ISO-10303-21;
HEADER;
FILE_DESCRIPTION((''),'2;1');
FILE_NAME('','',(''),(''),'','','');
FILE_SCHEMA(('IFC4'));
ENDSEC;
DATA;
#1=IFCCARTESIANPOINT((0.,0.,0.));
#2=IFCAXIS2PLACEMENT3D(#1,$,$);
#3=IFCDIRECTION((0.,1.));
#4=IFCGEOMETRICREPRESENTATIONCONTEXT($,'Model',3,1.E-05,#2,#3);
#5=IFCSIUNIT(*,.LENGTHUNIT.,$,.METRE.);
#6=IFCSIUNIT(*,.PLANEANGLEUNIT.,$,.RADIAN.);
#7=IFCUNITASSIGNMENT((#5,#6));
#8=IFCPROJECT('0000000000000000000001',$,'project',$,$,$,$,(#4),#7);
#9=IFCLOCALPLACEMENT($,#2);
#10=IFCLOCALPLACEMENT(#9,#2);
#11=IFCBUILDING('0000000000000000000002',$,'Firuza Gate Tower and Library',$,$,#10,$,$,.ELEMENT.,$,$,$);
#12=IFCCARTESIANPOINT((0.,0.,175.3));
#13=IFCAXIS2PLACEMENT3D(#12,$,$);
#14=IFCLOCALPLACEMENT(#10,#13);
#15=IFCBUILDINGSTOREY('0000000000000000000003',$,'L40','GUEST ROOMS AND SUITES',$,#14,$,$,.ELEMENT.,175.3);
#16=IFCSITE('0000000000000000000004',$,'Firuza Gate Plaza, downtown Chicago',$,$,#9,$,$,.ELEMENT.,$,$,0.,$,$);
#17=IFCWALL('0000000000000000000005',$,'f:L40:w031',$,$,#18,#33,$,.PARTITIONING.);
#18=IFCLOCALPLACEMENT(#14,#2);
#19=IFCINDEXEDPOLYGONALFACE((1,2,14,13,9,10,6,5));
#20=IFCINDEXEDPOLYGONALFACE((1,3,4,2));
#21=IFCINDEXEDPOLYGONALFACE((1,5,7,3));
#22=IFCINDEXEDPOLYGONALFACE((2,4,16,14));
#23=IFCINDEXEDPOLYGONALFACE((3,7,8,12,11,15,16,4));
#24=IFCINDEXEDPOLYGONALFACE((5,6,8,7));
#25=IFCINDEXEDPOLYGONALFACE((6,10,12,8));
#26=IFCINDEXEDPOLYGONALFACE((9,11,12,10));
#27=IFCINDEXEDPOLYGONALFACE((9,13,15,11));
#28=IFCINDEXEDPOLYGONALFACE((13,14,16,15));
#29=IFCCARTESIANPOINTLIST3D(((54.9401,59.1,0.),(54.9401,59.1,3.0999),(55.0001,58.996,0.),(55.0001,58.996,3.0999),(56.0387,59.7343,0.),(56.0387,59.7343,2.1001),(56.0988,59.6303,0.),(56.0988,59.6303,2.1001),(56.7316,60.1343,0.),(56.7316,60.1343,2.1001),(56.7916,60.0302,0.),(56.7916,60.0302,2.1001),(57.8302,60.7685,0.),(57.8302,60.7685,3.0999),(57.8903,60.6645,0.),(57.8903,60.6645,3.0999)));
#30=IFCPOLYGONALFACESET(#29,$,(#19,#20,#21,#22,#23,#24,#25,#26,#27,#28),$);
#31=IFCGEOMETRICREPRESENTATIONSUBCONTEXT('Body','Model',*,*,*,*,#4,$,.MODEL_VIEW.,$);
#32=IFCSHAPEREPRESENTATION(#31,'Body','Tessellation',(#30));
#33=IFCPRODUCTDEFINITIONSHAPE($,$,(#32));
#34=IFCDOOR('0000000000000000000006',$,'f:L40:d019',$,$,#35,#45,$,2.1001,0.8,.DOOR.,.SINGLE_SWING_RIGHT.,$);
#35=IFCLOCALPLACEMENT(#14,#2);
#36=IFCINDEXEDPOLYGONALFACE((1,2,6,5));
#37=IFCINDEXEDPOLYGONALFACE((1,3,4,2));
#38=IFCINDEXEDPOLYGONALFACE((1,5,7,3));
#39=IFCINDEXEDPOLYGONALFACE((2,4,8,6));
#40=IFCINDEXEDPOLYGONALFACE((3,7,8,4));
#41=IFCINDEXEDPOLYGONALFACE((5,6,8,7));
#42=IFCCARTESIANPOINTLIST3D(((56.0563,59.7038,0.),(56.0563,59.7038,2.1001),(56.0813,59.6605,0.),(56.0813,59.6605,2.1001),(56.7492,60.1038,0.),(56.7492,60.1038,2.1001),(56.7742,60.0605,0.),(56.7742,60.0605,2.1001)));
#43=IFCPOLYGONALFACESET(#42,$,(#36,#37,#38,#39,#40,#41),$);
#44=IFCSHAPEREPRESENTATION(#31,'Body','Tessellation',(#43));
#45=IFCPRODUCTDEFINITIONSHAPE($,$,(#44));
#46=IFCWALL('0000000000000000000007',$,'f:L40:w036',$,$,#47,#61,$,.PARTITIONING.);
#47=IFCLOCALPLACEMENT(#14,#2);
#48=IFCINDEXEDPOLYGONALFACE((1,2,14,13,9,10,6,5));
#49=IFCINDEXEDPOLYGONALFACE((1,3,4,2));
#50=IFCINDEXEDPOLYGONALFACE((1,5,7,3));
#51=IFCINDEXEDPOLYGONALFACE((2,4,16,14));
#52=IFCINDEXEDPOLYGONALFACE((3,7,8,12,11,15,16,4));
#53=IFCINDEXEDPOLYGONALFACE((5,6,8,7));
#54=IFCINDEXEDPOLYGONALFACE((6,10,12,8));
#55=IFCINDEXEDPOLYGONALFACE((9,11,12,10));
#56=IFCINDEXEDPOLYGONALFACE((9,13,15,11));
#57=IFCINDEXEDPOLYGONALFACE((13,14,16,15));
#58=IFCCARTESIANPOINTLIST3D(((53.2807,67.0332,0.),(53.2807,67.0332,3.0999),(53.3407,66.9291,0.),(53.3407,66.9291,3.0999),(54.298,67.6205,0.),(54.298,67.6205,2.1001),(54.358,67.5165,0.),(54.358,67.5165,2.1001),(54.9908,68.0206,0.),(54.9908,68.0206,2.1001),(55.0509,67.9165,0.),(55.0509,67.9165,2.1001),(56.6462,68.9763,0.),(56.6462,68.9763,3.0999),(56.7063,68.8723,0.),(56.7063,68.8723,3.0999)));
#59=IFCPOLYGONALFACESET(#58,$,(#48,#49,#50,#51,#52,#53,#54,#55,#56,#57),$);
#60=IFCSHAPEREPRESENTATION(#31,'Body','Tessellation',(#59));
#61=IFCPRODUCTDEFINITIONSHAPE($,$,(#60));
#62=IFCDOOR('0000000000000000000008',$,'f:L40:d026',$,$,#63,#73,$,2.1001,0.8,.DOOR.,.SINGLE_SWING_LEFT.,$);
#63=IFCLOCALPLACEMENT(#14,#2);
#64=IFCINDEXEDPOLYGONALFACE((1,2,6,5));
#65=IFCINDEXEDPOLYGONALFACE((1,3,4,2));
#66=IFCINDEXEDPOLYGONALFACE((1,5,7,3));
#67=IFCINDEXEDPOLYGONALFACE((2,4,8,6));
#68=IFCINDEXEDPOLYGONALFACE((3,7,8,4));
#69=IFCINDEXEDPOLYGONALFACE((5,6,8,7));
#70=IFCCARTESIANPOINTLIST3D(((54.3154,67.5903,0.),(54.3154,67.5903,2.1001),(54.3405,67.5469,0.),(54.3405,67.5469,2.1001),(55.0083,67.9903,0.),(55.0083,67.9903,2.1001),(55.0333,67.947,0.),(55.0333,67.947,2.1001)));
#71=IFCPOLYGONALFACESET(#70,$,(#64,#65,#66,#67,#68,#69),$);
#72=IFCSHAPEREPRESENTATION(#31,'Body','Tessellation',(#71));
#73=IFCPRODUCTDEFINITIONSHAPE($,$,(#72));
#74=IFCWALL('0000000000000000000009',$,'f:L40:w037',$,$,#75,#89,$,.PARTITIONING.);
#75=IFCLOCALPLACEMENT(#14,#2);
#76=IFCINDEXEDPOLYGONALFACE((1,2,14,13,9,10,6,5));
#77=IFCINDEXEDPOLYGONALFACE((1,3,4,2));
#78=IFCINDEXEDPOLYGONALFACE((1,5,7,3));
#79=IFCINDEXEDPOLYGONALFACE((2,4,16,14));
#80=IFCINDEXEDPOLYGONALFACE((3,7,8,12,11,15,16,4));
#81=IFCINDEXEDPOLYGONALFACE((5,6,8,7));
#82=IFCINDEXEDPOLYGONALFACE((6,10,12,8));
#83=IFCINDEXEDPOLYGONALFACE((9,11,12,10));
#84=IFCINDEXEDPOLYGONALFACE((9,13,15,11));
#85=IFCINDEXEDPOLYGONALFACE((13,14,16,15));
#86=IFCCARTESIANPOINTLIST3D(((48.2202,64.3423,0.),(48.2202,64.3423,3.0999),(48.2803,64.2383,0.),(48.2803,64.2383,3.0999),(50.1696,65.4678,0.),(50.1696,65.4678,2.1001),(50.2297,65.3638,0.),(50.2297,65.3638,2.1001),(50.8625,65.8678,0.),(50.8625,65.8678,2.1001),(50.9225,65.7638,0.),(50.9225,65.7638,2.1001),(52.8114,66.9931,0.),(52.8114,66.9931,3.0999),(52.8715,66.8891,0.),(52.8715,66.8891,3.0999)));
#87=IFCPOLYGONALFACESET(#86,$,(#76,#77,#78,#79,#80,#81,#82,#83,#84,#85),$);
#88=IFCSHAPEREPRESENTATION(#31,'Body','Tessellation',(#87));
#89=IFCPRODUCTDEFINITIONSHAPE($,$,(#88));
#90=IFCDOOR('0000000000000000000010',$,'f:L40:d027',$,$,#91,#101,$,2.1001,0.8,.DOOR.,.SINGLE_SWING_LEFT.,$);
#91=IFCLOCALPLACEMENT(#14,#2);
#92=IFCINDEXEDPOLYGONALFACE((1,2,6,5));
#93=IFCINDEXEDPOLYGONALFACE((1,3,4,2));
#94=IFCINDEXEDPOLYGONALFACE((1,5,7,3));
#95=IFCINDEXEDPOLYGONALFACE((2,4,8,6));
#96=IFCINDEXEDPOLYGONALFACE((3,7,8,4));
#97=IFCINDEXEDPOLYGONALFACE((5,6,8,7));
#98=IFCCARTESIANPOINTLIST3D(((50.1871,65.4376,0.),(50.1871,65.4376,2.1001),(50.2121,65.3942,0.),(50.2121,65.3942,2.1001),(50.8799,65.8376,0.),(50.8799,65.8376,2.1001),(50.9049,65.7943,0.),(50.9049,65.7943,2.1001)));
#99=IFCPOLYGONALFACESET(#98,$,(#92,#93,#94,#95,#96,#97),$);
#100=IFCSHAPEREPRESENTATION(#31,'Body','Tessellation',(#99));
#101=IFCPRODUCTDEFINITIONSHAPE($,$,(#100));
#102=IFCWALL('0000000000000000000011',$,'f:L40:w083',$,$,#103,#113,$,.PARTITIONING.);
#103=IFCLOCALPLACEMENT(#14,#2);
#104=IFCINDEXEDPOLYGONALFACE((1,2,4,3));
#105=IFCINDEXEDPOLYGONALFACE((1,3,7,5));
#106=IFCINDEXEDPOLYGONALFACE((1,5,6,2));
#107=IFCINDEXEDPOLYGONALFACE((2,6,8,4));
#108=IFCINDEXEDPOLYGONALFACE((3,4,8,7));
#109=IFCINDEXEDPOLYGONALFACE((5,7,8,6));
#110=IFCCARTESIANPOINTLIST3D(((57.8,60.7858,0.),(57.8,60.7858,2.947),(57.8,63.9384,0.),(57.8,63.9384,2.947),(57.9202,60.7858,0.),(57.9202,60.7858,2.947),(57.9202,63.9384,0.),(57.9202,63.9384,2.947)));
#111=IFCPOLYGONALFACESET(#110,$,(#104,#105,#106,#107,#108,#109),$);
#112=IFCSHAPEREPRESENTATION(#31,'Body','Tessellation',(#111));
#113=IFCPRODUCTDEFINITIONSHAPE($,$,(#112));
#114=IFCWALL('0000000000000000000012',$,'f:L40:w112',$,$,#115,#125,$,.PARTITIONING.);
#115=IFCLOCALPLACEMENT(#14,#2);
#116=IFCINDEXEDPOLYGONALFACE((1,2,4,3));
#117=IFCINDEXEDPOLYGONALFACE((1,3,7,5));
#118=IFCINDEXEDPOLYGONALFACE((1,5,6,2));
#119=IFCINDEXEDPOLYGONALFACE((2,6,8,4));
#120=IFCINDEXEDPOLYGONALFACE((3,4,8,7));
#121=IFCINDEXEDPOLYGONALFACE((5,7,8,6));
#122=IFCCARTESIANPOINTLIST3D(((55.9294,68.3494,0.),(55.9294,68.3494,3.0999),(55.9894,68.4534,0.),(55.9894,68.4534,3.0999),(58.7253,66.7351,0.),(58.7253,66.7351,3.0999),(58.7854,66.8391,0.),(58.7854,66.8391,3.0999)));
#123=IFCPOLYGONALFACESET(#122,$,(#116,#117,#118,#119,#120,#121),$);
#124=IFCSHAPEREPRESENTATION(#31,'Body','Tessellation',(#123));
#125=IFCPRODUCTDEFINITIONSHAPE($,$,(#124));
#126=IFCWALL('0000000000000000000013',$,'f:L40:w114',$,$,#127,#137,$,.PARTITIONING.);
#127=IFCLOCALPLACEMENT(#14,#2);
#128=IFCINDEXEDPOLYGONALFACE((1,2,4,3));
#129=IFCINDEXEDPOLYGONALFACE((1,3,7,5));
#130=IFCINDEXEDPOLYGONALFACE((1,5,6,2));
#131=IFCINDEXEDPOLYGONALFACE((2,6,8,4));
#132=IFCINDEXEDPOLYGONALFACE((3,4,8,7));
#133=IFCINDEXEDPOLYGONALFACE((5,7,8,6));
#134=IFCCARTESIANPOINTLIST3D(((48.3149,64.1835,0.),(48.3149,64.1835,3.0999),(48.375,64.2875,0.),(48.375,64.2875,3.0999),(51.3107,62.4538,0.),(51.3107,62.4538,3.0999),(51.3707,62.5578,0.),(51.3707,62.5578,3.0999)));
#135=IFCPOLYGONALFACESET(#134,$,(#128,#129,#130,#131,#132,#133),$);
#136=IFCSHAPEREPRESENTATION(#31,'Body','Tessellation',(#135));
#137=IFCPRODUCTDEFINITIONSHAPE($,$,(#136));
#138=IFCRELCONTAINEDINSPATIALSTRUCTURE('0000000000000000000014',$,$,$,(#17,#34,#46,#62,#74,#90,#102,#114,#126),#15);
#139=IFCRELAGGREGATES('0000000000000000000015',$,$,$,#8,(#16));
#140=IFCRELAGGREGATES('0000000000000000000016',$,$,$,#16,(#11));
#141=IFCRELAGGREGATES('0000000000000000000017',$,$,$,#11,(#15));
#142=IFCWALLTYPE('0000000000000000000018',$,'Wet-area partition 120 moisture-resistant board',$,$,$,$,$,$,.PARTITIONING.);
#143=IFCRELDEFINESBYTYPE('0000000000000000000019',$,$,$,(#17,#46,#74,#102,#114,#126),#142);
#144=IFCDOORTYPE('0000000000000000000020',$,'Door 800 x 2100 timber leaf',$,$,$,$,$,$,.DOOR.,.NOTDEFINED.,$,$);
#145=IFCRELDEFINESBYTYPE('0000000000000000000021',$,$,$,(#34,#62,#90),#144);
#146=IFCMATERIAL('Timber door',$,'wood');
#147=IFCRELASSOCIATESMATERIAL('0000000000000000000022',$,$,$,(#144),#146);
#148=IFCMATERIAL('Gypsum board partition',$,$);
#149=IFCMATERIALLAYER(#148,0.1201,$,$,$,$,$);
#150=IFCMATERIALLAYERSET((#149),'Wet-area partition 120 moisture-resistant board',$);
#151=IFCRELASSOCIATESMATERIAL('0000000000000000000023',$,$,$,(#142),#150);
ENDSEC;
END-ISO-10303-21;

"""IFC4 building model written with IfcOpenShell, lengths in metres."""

from ifc_helpers import new_model, si_unit, direction, frame, frame_2d, origin, place, context, subcontext, project, spatial, rectangle, extrude, material, layer, layer_set, type_object, element, fill, save


model = new_model("IFC4")

# Units and contexts
model_context = context("Model", 3, precision=1e-05, world=origin(), true_north=direction((0.0, 1.0)))
body_context = subcontext(model_context, "Body", "Model", "MODEL_VIEW")
ifc_project = project(units=[si_unit("LENGTHUNIT", "METRE"), si_unit("PLANEANGLEUNIT", "RADIAN")], contexts=[model_context])

# Site, building, storey
site_placement = place(None, origin())
site = spatial("IfcSite", under=ifc_project, at=site_placement, Name="Firuza Gate Plaza, downtown Chicago", CompositionType="ELEMENT", RefElevation=0.0)
building_placement = place(site_placement, origin())
building = spatial("IfcBuilding", under=site, at=building_placement, Name="Firuza Gate Tower and Library", CompositionType="ELEMENT")
storey_placement = place(building_placement, frame((0.0, 0.0, 175.3)))
storey = spatial("IfcBuildingStorey", under=building, at=storey_placement, Name="L40", Description="GUEST ROOMS AND SUITES", CompositionType="ELEMENT", Elevation=175.3)

# Shared definitions
ifc_material_1 = material(Name="Timber door", Category="wood")
door_type_1 = type_object("IfcDoorType", Name="Door 800 x 2100 timber leaf", OperationType="NOTDEFINED", PredefinedType="DOOR", material=ifc_material_1)

# Walls, openings, doors
ifc_material_2 = material(Name="Gypsum board partition")
ifc_layer_1 = layer(ifc_material_2, 0.1201)
ifc_layer_set_1 = layer_set([ifc_layer_1], Name="Wet-area partition 120 moisture-resistant board")
wall_type_1 = type_object("IfcWallType", Name="Wet-area partition 120 moisture-resistant board", PredefinedType="PARTITIONING", material=ifc_layer_set_1)
wall_1_placement = place(storey_placement, frame((54.9702, 59.0481, 0.0), z_axis=(0.0, 0.0, 1.0), x_axis=(0.866047, 0.499963, 0.0)))
wall_1 = element("IfcWall", 1, at=wall_1_placement, inside=storey, type_object=wall_type_1, Name="f:L40:w031", PredefinedType="PARTITIONING", context=body_context, shape_type="SweptSolid", body=[
    extrude(rectangle(XDim=3.3372, YDim=0.1201, at=frame_2d((1.6685, 0.0))), origin(), (0.0, 0.0, 1.0), 3.0999),
])
opening_1_placement = place(wall_1_placement, frame((1.2686, 0.0, 0.0)))
opening_1 = element("IfcOpeningElement", 2, at=opening_1_placement, cuts=wall_1, PredefinedType="OPENING", context=body_context, shape_type="SweptSolid", body=[
    extrude(rectangle(XDim=0.8, YDim=2.1001, at=frame_2d((0.3999, 1.05))), frame((0.0, 0.0701, 0.0), z_axis=(0.0, -1.0, 0.0), x_axis=(1.0, 0.0, 0.0)), (0.0, 0.0, 1.0), 0.1401),
])
door_1_placement = place(opening_1_placement, origin())
door_1 = element("IfcDoor", 3, at=door_1_placement, inside=storey, type_object=door_type_1, Name="f:L40:d019", OperationType="SINGLE_SWING_RIGHT", OverallHeight=2.1001, OverallWidth=0.8, PredefinedType="DOOR", context=body_context, shape_type="SweptSolid", body=[
    extrude(rectangle(XDim=0.8, YDim=2.1001, at=frame_2d((0.3999, 1.05))), frame((0.0, 0.0249, 0.0), z_axis=(0.0, -1.0, 0.0), x_axis=(1.0, 0.0, 0.0)), (0.0, 0.0, 1.0), 0.05),
])
fill(opening_1, door_1)
wall_2_placement = place(storey_placement, frame((56.6763, 68.9243, 0.0), z_axis=(0.0, 0.0, 1.0), x_axis=(-0.866019, -0.500011, 0.0)))
wall_2 = element("IfcWall", 4, at=wall_2_placement, inside=storey, type_object=wall_type_1, Name="f:L40:w036", PredefinedType="PARTITIONING", context=body_context, shape_type="SweptSolid", body=[
    extrude(rectangle(XDim=3.8862, YDim=0.1201, at=frame_2d((1.9431, 0.0))), origin(), (0.0, 0.0, 1.0), 3.0999),
])
opening_2_placement = place(wall_2_placement, frame((1.9116, 0.0, 0.0)))
opening_2 = element("IfcOpeningElement", 5, at=opening_2_placement, cuts=wall_2, PredefinedType="OPENING", context=body_context, shape_type="SweptSolid", body=[
    extrude(rectangle(XDim=0.8, YDim=2.1001, at=frame_2d((0.3999, 1.05))), frame((0.0, 0.0701, 0.0), z_axis=(0.0, -1.0, 0.0), x_axis=(1.0, 0.0, 0.0)), (0.0, 0.0, 1.0), 0.1401),
])
door_2_placement = place(opening_2_placement, origin())
door_2 = element("IfcDoor", 6, at=door_2_placement, inside=storey, type_object=door_type_1, Name="f:L40:d026", OperationType="SINGLE_SWING_LEFT", OverallHeight=2.1001, OverallWidth=0.8, PredefinedType="DOOR", context=body_context, shape_type="SweptSolid", body=[
    extrude(rectangle(XDim=0.8, YDim=2.1001, at=frame_2d((0.3999, 1.05))), frame((0.0, 0.0249, 0.0), z_axis=(0.0, -1.0, 0.0), x_axis=(1.0, 0.0, 0.0)), (0.0, 0.0, 1.0), 0.05),
])
fill(opening_2, door_2)
wall_3_placement = place(storey_placement, frame((52.8416, 66.9412, 0.0), z_axis=(0.0, 0.0, 1.0), x_axis=(-0.866018, -0.500012, 0.0)))
wall_3 = element("IfcWall", 7, at=wall_3_placement, inside=storey, type_object=wall_type_1, Name="f:L40:w037", PredefinedType="PARTITIONING", context=body_context, shape_type="SweptSolid", body=[
    extrude(rectangle(XDim=5.3015, YDim=0.1201, at=frame_2d((2.6509, 0.0))), origin(), (0.0, 0.0, 1.0), 3.0999),
])
opening_3_placement = place(wall_3_placement, frame((2.2507, 0.0, 0.0)))
opening_3 = element("IfcOpeningElement", 8, at=opening_3_placement, cuts=wall_3, PredefinedType="OPENING", context=body_context, shape_type="SweptSolid", body=[
    extrude(rectangle(XDim=0.8, YDim=2.1001, at=frame_2d((0.3999, 1.05))), frame((0.0, 0.0701, 0.0), z_axis=(0.0, -1.0, 0.0), x_axis=(1.0, 0.0, 0.0)), (0.0, 0.0, 1.0), 0.1401),
])
door_3_placement = place(opening_3_placement, origin())
door_3 = element("IfcDoor", 9, at=door_3_placement, inside=storey, type_object=door_type_1, Name="f:L40:d027", OperationType="SINGLE_SWING_LEFT", OverallHeight=2.1001, OverallWidth=0.8, PredefinedType="DOOR", context=body_context, shape_type="SweptSolid", body=[
    extrude(rectangle(XDim=0.8, YDim=2.1001, at=frame_2d((0.3999, 1.05))), frame((0.0, 0.0249, 0.0), z_axis=(0.0, -1.0, 0.0), x_axis=(1.0, 0.0, 0.0)), (0.0, 0.0, 1.0), 0.05),
])
fill(opening_3, door_3)

# Walls
wall_4_placement = place(storey_placement, frame((57.8601, 60.7859, 0.0), z_axis=(0.0, 0.0, 1.0), x_axis=(0.0, 1.0, 0.0)))
element("IfcWall", 10, at=wall_4_placement, inside=storey, type_object=wall_type_1, Name="f:L40:w083", PredefinedType="PARTITIONING", context=body_context, shape_type="SweptSolid", body=[
    extrude(rectangle(XDim=3.1526, YDim=0.1201, at=frame_2d((1.5762, 0.0))), origin(), (0.0, 0.0, 1.0), 2.947),
])
wall_5_placement = place(storey_placement, frame((58.7554, 66.7871, 0.0), z_axis=(0.0, 0.0, 1.0), x_axis=(-0.866019, 0.50001, 0.0)))
element("IfcWall", 11, at=wall_5_placement, inside=storey, type_object=wall_type_1, Name="f:L40:w112", PredefinedType="PARTITIONING", context=body_context, shape_type="SweptSolid", body=[
    extrude(rectangle(XDim=3.2285, YDim=0.1201, at=frame_2d((1.6143, 0.0))), origin(), (0.0, 0.0, 1.0), 3.0999),
])
wall_6_placement = place(storey_placement, frame((51.3406, 62.5059, 0.0), z_axis=(0.0, 0.0, 1.0), x_axis=(-0.866015, 0.500018, 0.0)))
element("IfcWall", 12, at=wall_6_placement, inside=storey, type_object=wall_type_1, Name="f:L40:w114", PredefinedType="PARTITIONING", context=body_context, shape_type="SweptSolid", body=[
    extrude(rectangle(XDim=3.4592, YDim=0.1201, at=frame_2d((1.7295, 0.0))), origin(), (0.0, 0.0, 1.0), 3.0999),
])

save(model, "model.ifc")
